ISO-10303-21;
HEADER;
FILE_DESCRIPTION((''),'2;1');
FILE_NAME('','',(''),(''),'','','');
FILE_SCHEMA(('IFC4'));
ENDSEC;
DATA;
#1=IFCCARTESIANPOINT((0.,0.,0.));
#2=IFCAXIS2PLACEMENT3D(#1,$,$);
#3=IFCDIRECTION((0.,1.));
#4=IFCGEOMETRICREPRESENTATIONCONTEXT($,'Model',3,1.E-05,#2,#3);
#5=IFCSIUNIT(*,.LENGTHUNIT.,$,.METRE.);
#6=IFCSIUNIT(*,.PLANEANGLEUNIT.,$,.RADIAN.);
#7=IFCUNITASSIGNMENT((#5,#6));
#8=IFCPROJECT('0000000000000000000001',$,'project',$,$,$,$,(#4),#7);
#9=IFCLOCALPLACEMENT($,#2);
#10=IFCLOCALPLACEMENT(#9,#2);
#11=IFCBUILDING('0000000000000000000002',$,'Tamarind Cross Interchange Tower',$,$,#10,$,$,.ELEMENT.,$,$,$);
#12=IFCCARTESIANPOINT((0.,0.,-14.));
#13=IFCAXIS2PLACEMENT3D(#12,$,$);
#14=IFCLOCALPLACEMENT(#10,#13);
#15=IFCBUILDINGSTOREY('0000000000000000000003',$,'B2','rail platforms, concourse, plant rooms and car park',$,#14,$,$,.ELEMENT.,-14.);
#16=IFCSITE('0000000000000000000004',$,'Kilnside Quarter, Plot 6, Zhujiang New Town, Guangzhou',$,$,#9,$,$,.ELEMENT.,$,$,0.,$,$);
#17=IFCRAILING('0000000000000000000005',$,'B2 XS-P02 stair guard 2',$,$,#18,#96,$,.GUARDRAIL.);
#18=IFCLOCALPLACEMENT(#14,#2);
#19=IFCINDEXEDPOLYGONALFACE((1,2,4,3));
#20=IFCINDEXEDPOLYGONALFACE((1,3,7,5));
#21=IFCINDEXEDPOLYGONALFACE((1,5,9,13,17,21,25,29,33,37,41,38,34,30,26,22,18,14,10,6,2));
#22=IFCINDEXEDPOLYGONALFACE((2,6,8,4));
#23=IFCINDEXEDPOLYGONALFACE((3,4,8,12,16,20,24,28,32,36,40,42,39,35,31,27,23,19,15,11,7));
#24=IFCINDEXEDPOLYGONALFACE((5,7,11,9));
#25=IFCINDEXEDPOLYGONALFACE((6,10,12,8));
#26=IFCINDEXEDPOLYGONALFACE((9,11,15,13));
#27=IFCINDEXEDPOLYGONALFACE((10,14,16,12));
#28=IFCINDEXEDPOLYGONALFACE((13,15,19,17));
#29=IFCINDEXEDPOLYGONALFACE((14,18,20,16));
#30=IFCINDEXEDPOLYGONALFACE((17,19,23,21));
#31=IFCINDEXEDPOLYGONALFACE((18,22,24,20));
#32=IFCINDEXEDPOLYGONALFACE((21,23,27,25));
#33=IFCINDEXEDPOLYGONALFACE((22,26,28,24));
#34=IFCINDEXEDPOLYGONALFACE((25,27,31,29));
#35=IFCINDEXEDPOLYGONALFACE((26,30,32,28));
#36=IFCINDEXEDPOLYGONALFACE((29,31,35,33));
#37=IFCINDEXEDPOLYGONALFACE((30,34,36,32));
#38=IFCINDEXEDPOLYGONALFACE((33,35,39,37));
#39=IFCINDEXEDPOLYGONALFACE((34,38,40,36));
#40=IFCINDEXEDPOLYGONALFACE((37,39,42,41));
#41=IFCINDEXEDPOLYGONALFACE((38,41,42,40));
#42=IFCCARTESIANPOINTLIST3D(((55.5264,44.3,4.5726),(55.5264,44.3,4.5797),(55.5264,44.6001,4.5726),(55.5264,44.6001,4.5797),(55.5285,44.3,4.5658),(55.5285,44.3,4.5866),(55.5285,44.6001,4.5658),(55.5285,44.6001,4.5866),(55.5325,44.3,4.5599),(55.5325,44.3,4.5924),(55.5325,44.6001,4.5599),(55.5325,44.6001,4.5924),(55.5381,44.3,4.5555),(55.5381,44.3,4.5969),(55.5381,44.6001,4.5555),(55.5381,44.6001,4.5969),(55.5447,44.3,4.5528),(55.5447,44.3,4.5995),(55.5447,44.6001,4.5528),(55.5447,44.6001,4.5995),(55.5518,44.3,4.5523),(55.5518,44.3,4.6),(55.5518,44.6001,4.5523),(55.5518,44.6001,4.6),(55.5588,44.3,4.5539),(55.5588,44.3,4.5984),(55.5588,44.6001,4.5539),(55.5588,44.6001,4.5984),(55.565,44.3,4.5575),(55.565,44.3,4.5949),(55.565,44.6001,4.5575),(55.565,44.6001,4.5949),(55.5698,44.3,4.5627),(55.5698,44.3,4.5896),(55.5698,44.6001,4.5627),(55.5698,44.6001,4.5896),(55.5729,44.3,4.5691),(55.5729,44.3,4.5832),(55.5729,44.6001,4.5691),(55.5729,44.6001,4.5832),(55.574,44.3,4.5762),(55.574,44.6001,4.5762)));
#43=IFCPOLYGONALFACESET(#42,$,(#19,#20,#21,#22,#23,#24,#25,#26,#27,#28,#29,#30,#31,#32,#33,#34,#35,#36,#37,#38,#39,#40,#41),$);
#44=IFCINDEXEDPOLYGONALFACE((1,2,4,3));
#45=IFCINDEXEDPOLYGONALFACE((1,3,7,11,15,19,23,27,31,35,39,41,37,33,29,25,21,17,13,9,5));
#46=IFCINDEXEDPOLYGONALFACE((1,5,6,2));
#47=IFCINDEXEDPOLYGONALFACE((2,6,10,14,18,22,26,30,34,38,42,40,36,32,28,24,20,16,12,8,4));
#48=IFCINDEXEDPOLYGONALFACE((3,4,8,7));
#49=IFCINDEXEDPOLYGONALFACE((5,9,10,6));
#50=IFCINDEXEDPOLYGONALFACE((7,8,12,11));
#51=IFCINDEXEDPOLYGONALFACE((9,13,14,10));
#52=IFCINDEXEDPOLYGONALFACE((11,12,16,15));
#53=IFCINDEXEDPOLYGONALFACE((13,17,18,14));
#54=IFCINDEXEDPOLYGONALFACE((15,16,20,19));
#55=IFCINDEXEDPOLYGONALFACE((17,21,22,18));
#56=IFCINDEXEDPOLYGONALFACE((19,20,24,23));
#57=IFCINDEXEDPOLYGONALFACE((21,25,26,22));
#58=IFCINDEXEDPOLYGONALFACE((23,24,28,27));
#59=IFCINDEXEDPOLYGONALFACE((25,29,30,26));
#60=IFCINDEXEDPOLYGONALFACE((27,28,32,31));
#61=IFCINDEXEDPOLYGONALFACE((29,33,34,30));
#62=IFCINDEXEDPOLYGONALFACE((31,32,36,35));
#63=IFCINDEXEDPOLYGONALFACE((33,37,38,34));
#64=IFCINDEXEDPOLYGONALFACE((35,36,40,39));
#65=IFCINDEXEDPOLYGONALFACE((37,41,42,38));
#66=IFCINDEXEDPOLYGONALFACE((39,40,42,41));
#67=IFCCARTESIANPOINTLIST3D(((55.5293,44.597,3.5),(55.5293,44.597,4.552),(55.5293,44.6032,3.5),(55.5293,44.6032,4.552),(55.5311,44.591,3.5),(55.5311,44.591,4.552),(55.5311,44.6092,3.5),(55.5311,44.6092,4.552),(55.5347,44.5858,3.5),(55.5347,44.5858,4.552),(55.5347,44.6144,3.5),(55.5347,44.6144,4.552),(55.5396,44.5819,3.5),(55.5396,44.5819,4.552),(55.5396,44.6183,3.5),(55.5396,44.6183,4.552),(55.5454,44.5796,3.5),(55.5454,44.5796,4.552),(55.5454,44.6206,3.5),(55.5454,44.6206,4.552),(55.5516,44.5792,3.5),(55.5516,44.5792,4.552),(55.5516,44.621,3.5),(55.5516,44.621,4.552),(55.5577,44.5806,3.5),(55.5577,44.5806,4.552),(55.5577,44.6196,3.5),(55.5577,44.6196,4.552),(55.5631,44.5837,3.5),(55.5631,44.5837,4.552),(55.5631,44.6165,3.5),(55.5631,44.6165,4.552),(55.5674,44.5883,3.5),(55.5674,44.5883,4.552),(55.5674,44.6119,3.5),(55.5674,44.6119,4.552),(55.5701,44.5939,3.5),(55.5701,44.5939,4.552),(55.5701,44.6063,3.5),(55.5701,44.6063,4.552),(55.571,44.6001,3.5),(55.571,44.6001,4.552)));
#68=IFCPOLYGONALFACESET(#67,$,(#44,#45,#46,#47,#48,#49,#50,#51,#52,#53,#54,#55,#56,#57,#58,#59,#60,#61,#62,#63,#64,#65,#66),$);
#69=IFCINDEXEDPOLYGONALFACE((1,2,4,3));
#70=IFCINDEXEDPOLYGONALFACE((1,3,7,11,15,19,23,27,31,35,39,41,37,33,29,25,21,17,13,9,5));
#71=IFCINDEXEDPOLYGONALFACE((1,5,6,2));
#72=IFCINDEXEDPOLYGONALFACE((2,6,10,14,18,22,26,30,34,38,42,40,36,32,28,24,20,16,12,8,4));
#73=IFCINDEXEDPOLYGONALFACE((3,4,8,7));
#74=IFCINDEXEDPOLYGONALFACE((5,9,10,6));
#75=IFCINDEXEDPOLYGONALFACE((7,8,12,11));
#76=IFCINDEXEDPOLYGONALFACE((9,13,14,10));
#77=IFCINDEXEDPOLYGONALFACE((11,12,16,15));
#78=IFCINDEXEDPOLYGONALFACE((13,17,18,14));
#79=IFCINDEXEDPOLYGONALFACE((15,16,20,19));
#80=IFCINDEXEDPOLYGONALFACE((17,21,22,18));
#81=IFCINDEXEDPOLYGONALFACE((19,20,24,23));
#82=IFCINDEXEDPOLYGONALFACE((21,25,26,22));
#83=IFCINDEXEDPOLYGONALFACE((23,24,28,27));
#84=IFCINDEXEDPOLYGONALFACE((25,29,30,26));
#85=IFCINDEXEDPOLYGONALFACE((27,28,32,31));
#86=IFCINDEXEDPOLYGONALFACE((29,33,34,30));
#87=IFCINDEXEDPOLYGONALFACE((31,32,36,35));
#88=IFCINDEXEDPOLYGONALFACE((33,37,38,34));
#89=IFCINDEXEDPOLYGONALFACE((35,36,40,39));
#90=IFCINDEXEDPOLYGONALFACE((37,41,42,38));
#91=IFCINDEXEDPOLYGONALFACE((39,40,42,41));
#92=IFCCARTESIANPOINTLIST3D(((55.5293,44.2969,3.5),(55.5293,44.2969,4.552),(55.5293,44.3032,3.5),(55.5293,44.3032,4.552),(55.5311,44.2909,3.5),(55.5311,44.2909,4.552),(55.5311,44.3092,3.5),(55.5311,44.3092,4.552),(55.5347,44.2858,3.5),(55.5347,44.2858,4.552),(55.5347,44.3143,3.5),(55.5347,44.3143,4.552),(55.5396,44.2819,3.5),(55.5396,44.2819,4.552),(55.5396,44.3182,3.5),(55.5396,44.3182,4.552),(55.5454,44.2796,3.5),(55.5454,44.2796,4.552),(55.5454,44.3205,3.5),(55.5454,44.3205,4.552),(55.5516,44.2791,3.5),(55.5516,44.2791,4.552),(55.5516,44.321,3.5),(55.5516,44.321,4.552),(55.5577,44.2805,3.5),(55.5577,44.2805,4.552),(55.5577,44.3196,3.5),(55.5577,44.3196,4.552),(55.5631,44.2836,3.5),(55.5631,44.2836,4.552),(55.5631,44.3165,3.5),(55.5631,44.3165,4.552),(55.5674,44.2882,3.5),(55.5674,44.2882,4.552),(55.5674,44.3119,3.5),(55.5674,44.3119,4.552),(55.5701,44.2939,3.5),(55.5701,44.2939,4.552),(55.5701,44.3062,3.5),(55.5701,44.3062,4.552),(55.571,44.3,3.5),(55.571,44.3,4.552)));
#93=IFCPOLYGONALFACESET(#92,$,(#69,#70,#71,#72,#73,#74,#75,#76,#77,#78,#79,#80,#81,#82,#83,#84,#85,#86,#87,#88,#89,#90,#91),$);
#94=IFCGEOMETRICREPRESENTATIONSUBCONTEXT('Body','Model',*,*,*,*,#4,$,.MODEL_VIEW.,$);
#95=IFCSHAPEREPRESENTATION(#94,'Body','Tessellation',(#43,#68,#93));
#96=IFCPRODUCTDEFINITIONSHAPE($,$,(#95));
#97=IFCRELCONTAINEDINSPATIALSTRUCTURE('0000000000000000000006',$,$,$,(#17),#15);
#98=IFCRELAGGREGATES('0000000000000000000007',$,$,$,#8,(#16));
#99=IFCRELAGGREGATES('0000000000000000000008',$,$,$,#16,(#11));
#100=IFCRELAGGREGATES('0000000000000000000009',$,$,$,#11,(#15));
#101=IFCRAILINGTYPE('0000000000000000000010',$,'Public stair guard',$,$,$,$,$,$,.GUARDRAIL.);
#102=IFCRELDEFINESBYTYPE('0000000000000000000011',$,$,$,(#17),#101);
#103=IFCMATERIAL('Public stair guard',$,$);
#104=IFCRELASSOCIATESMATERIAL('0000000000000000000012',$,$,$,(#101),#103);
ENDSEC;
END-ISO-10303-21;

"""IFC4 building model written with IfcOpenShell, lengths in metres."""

from ifc_helpers import new_model, si_unit, direction, frame, origin, origin_2d, place, context, subcontext, project, spatial, circle, extrude, material, type_object, element, save


model = new_model("IFC4")

# Units and contexts
model_context = context("Model", 3, precision=1e-05, world=origin(), true_north=direction((0.0, 1.0)))
body_context = subcontext(model_context, "Body", "Model", "MODEL_VIEW")
ifc_project = project(units=[si_unit("LENGTHUNIT", "METRE"), si_unit("PLANEANGLEUNIT", "RADIAN")], contexts=[model_context])

# Site, building, storey
site_placement = place(None, origin())
site = spatial("IfcSite", under=ifc_project, at=site_placement, Name="Kilnside Quarter, Plot 6, Zhujiang New Town, Guangzhou", CompositionType="ELEMENT", RefElevation=0.0)
building_placement = place(site_placement, origin())
building = spatial("IfcBuilding", under=site, at=building_placement, Name="Tamarind Cross Interchange Tower", CompositionType="ELEMENT")
storey_placement = place(building_placement, frame((0.0, 0.0, -14.0)))
storey = spatial("IfcBuildingStorey", under=building, at=storey_placement, Name="B2", Description="rail platforms, concourse, plant rooms and car park", CompositionType="ELEMENT", Elevation=-14.0)

# Railing
ifc_material_1 = material(Name="Public stair guard")
railing_type_1 = type_object("IfcRailingType", Name="Public stair guard", PredefinedType="GUARDRAIL", material=ifc_material_1)
railing_1_placement = place(storey_placement, frame((55.55, 44.6001, 3.5)))
element("IfcRailing", 1, at=railing_1_placement, inside=storey, type_object=railing_type_1, Name="B2 XS-P02 stair guard 2", PredefinedType="GUARDRAIL", context=body_context, shape_type="SweptSolid", body=[
    extrude(circle(Radius=0.0239, at=origin_2d()), frame((0.0, 0.0, 1.0762), z_axis=(0.0, -1.0, 0.0), x_axis=(1.0, 0.0, 0.0)), (0.0, 0.0, 1.0), 0.3),
    extrude(circle(Radius=0.021, at=origin_2d()), origin(), (0.0, 0.0, 1.0), 1.052),
    extrude(circle(Radius=0.021, at=origin_2d()), frame((0.0, -0.3, 0.0)), (0.0, 0.0, 1.0), 1.052),
])

save(model, "model.ifc")
